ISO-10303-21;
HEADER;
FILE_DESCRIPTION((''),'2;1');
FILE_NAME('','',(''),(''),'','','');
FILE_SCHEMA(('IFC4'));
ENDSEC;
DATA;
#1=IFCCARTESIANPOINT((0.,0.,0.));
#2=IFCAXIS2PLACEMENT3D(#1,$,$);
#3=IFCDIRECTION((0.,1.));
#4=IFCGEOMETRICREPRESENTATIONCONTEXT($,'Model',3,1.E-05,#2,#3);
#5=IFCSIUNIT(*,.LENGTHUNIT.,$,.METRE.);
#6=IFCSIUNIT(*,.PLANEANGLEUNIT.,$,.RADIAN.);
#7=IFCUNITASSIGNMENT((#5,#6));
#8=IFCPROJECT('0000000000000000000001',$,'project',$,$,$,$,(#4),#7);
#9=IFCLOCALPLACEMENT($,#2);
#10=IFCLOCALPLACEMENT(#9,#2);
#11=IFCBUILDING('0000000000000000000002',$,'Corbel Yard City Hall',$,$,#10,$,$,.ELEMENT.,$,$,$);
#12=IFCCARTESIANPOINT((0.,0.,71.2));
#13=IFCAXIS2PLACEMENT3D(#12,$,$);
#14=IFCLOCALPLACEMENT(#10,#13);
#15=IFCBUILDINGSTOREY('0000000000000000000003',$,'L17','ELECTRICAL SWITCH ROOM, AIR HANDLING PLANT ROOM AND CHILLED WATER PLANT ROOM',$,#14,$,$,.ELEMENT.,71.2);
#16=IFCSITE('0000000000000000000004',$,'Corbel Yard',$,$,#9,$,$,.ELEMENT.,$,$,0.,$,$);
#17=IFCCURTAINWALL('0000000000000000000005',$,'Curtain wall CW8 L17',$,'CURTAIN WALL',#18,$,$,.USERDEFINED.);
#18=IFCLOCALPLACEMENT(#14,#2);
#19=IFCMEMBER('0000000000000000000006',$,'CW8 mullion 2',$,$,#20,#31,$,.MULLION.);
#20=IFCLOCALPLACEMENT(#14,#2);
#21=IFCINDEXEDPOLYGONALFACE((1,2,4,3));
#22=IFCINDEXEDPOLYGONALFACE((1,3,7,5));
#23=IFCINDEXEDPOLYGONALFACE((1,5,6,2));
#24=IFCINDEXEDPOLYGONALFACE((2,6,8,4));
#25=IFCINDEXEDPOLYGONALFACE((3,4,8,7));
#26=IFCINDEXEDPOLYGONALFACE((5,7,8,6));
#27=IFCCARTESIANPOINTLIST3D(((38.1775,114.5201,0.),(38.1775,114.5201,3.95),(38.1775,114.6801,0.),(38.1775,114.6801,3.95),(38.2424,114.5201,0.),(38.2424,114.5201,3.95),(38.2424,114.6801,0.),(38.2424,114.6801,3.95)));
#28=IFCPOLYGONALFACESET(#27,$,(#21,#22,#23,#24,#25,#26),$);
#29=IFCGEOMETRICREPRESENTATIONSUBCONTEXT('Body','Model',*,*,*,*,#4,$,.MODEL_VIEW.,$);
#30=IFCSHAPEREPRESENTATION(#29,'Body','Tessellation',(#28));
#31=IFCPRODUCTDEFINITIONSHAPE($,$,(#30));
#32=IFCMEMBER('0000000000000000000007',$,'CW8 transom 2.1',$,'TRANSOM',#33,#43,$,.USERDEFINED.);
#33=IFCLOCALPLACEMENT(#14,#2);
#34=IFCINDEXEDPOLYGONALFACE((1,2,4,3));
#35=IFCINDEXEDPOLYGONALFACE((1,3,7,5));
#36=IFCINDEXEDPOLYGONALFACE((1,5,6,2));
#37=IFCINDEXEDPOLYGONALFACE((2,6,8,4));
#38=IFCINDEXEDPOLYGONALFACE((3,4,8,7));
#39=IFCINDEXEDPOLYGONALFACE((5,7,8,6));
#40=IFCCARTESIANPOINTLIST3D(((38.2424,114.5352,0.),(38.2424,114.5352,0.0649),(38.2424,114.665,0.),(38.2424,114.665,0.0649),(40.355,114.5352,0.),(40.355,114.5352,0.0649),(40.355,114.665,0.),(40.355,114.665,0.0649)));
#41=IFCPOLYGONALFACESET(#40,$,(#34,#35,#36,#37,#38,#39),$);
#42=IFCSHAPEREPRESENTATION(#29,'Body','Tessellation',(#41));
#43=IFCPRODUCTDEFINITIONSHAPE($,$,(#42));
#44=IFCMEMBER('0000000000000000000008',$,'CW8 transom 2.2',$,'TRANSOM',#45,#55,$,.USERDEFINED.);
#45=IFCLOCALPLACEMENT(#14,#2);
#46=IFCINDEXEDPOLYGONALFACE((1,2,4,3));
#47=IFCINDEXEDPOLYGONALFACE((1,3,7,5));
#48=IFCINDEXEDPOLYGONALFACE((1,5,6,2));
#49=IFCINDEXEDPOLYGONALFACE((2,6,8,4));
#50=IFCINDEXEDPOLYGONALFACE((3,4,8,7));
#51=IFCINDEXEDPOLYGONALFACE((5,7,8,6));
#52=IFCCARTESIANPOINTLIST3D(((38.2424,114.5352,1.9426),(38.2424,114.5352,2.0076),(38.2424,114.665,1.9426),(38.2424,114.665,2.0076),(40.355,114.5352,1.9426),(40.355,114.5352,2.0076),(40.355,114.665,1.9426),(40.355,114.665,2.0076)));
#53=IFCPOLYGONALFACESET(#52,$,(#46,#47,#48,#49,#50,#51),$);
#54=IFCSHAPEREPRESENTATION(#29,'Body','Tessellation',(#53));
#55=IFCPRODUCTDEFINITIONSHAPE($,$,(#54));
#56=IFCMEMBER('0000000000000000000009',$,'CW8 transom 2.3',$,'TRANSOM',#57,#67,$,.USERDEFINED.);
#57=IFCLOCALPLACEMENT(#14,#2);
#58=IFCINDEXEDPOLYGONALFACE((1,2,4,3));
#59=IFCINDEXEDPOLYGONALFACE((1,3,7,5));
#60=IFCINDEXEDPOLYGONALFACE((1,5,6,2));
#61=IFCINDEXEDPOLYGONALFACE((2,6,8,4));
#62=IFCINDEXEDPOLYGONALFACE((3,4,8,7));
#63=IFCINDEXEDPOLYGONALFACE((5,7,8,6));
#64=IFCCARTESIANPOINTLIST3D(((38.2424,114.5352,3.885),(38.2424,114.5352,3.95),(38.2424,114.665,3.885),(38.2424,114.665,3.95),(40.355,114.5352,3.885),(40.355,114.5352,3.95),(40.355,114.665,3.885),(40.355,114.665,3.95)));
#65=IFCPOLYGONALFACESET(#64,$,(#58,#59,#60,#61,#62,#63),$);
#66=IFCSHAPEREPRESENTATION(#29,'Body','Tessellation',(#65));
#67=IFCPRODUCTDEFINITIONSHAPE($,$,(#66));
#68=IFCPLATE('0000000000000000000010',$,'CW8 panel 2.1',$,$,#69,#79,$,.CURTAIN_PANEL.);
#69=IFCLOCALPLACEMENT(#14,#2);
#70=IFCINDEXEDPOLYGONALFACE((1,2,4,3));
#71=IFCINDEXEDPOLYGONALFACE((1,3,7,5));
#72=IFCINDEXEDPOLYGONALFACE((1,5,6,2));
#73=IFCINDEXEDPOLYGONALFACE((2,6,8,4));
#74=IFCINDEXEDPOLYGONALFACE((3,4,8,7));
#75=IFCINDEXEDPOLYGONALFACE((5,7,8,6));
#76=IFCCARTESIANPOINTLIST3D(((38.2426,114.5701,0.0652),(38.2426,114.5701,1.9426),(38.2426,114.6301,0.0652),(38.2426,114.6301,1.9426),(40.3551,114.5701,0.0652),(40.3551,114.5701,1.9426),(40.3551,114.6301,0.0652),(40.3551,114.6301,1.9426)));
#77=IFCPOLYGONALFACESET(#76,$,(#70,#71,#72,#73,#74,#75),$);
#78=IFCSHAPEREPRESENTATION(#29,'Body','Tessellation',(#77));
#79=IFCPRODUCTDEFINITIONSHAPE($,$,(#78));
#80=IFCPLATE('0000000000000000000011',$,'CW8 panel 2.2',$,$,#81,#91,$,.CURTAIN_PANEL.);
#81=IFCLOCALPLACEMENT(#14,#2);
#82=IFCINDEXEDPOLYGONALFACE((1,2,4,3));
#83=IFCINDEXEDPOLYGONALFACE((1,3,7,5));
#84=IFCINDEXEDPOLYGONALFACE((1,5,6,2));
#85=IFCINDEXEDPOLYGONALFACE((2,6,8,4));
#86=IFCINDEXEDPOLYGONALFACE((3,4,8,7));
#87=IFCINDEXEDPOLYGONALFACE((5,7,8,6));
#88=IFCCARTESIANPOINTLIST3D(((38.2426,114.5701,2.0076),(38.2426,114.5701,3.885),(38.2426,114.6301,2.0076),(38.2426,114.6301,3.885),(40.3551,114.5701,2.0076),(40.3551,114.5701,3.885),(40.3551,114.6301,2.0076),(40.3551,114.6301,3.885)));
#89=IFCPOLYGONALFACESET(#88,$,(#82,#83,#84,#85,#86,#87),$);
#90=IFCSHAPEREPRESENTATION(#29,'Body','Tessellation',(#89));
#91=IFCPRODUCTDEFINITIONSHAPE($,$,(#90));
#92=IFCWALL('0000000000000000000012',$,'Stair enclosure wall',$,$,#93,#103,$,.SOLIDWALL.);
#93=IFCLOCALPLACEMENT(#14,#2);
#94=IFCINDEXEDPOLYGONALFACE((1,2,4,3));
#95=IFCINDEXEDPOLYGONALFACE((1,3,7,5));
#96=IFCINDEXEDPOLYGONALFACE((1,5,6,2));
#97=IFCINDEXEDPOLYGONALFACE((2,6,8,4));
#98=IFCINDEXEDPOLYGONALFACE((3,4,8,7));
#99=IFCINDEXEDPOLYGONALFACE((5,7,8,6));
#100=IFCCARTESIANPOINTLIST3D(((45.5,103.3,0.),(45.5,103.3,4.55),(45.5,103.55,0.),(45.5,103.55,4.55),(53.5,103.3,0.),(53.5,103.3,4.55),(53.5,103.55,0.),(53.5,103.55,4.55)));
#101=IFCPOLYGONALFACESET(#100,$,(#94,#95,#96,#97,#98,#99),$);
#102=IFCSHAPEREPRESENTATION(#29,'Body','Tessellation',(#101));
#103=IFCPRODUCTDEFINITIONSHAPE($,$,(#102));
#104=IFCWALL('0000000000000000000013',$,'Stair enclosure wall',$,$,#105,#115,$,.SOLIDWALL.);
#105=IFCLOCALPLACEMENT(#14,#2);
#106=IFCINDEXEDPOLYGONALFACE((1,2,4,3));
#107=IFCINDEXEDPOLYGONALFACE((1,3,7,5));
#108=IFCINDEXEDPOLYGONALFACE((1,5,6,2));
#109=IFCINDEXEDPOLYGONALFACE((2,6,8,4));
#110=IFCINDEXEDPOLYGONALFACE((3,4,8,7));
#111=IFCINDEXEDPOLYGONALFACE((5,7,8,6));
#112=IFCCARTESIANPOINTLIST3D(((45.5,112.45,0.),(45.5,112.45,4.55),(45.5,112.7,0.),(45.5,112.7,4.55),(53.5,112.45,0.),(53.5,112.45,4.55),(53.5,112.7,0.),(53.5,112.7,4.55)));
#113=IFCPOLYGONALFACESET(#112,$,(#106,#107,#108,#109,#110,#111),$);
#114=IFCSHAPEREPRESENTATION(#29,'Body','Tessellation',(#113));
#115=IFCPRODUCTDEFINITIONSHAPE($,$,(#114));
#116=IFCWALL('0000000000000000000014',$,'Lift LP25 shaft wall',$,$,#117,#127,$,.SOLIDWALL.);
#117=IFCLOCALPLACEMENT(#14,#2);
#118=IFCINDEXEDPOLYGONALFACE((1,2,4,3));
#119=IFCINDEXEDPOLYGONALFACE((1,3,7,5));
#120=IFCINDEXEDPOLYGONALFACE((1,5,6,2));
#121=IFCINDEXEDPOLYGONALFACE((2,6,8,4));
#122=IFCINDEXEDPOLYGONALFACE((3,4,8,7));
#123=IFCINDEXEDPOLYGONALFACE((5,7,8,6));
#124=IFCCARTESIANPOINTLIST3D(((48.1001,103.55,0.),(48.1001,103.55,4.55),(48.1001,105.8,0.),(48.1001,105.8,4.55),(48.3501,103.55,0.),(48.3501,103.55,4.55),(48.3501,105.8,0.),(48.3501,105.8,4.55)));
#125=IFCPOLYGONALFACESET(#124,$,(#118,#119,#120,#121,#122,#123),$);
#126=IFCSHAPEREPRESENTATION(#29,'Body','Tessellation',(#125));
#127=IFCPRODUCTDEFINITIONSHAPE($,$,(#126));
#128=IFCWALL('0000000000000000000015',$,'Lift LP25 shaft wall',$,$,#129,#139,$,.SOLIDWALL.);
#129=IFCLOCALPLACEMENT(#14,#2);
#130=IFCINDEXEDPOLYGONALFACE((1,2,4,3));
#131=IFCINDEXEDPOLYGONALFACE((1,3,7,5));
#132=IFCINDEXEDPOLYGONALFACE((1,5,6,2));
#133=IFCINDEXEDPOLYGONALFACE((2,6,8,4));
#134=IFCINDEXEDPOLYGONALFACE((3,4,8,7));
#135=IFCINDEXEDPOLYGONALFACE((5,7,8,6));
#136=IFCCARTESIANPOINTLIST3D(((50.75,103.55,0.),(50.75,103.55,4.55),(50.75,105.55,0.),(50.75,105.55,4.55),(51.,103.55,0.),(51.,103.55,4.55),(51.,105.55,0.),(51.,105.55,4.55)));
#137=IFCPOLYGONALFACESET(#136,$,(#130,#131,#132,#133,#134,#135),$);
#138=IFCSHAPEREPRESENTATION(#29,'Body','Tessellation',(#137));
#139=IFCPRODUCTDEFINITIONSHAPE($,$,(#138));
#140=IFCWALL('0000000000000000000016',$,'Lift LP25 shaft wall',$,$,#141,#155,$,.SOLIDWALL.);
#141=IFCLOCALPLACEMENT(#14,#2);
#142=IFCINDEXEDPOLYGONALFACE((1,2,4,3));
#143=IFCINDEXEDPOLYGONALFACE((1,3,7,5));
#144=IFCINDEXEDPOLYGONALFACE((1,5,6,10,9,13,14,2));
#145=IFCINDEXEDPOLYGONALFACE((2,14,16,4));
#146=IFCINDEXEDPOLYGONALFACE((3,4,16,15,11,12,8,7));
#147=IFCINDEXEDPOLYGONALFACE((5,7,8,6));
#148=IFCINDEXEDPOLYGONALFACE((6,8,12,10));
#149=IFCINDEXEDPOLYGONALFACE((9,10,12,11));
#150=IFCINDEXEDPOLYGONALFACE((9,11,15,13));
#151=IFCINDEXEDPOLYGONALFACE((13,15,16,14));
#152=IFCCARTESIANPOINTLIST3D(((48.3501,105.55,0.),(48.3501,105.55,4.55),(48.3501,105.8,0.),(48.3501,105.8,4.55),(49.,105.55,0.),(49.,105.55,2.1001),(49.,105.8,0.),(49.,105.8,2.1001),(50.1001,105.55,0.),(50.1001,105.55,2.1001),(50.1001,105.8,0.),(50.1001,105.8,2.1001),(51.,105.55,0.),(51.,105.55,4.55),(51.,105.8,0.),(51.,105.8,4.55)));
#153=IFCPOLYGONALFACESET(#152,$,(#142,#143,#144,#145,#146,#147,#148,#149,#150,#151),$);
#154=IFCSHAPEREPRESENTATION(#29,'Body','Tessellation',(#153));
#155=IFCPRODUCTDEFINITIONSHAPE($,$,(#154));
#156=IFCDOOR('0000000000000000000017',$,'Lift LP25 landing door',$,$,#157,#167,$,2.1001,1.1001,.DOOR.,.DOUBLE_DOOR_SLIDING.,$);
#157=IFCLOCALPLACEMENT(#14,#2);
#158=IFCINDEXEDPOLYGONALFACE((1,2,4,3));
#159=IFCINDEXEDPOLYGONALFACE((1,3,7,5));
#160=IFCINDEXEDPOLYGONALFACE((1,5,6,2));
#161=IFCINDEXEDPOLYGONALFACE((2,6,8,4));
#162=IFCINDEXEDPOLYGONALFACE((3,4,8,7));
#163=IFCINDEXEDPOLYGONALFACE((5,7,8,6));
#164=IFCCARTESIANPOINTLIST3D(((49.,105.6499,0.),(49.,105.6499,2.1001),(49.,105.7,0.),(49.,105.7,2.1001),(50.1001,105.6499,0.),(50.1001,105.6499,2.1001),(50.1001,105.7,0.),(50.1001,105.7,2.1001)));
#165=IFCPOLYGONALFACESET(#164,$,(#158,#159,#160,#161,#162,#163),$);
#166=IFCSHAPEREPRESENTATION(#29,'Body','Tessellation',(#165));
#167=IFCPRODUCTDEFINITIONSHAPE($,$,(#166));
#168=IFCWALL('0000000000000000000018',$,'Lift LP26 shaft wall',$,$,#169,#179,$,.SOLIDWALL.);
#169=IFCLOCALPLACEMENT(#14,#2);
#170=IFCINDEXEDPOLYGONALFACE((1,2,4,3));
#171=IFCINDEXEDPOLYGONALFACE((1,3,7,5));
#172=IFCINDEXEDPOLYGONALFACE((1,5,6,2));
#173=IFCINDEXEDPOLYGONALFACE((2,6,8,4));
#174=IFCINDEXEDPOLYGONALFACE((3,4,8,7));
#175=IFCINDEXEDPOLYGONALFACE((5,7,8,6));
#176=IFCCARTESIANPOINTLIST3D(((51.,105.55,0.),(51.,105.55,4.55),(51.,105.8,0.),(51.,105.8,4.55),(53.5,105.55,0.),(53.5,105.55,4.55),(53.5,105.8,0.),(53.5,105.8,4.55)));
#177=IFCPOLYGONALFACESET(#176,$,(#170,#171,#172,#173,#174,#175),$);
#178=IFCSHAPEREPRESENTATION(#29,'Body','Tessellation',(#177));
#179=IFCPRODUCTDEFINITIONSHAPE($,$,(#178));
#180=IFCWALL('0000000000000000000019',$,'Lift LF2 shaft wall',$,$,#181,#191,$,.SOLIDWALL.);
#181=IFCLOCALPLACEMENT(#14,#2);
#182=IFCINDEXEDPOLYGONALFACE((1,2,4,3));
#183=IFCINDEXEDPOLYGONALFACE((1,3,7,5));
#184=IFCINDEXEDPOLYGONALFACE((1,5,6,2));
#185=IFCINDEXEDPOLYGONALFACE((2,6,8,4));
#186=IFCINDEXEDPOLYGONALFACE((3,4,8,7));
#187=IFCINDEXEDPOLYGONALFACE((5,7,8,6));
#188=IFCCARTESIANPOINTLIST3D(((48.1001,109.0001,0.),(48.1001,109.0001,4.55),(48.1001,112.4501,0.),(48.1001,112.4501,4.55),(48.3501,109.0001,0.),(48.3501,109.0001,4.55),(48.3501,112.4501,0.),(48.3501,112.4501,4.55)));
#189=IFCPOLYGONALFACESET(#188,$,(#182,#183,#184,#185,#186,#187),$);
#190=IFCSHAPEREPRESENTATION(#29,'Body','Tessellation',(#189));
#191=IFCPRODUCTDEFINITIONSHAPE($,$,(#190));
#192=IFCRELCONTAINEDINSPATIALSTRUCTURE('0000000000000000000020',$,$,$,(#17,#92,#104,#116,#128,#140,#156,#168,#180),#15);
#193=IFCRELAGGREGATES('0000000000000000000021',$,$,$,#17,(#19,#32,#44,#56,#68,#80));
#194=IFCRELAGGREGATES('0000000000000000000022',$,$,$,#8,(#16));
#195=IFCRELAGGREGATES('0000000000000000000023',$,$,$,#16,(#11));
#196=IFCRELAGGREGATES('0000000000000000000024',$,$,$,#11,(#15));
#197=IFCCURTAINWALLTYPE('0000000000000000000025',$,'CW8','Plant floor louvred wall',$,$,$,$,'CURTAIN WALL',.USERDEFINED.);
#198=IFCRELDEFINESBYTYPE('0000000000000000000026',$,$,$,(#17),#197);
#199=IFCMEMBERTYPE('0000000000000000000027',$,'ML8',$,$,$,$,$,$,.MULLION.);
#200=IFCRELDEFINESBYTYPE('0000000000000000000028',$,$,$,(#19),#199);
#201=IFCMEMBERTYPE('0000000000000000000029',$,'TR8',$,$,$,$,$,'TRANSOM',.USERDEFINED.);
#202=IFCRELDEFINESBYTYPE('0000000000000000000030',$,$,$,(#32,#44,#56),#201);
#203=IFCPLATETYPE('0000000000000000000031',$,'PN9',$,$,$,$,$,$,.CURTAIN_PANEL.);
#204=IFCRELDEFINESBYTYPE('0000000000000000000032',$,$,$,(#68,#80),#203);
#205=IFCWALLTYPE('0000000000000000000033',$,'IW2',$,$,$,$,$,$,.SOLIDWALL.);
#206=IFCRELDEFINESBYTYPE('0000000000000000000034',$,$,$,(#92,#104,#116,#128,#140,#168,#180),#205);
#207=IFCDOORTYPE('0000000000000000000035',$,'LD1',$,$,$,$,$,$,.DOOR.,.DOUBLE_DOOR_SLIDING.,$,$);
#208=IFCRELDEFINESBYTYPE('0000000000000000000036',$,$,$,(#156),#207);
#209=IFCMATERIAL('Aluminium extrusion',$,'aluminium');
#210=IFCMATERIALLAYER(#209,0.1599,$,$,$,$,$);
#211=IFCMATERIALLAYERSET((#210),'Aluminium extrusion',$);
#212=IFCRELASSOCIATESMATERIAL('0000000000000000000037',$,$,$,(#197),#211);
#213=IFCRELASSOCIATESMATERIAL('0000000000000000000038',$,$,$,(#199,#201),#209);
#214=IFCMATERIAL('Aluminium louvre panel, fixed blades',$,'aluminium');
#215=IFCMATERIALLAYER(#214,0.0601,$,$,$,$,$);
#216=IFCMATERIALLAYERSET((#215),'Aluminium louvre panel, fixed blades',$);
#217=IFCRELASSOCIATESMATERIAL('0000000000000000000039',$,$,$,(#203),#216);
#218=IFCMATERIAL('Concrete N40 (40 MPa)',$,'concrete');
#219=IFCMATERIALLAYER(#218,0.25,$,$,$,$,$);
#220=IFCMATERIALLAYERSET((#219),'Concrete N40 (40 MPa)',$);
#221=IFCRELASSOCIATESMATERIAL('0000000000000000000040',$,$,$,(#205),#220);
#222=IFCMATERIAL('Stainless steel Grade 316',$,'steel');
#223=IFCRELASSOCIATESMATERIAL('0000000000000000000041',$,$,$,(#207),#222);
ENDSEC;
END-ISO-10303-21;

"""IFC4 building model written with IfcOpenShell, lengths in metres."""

from ifc_helpers import new_model, si_unit, direction, frame, frame_2d, origin, origin_2d, place, context, subcontext, project, spatial, rectangle, extrude, material, layer, layer_set, material_profile, profile_set, type_object, element, fill, aggregate, save


model = new_model("IFC4")

# Units and contexts
model_context = context("Model", 3, precision=1e-05, world=origin(), true_north=direction((0.0, 1.0)))
body_context = subcontext(model_context, "Body", "Model", "MODEL_VIEW")
ifc_project = project(units=[si_unit("LENGTHUNIT", "METRE"), si_unit("PLANEANGLEUNIT", "RADIAN")], contexts=[model_context])

# Site, building, storey
site_placement = place(None, origin())
site = spatial("IfcSite", under=ifc_project, at=site_placement, Name="Corbel Yard", CompositionType="ELEMENT", RefElevation=0.0)
building_placement = place(site_placement, origin())
building = spatial("IfcBuilding", under=site, at=building_placement, Name="Corbel Yard City Hall", CompositionType="ELEMENT")
storey_placement = place(building_placement, frame((0.0, 0.0, 71.2)))
storey = spatial("IfcBuildingStorey", under=building, at=storey_placement, Name="L17", Description="ELECTRICAL SWITCH ROOM, AIR HANDLING PLANT ROOM AND CHILLED WATER PLANT ROOM", CompositionType="ELEMENT", Elevation=71.2)

# Curtain wall, members, plates
ifc_material_1 = material(Name="Aluminium extrusion", Category="aluminium")
ifc_layer_1 = layer(ifc_material_1, 0.1599)
ifc_layer_set_1 = layer_set([ifc_layer_1], Name="Aluminium extrusion")
curtain_wall_type = type_object("IfcCurtainWallType", Name="CW8", Description="Plant floor louvred wall", ElementType="CURTAIN WALL", PredefinedType="USERDEFINED", material=ifc_layer_set_1)
curtain_wall_placement = place(storey_placement, origin())
curtain_wall = element("IfcCurtainWall", 1, at=curtain_wall_placement, inside=storey, type_object=curtain_wall_type, Name="Curtain wall CW8 L17", ObjectType="CURTAIN WALL", PredefinedType="USERDEFINED")
ifc_material_profile_1 = material_profile(ifc_material_1, rectangle(XDim=0.1599, YDim=0.0649, at=origin_2d()), Name="160x65")
ifc_profile_set_1 = profile_set([ifc_material_profile_1], Name="Aluminium extrusion")
member_type_1 = type_object("IfcMemberType", Name="ML8", PredefinedType="MULLION", material=ifc_profile_set_1)
member_1_placement = place(storey_placement, frame((38.21, 114.6001, 0.0), z_axis=(0.0, 0.0, 1.0), x_axis=(0.0, 1.0, 0.0)))
member_1 = element("IfcMember", 2, at=member_1_placement, type_object=member_type_1, Name="CW8 mullion 2", PredefinedType="MULLION", context=body_context, shape_type="SweptSolid", body=[
    extrude(rectangle(XDim=0.1599, YDim=0.0649, at=origin_2d()), origin(), (0.0, 0.0, 1.0), 3.95),
])
ifc_material_profile_2 = material_profile(ifc_material_1, rectangle(XDim=0.1299, YDim=0.0649, at=origin_2d()), Name="130x65")
ifc_profile_set_2 = profile_set([ifc_material_profile_2], Name="Aluminium extrusion")
member_type_2 = type_object("IfcMemberType", Name="TR8", ElementType="TRANSOM", PredefinedType="USERDEFINED", material=ifc_profile_set_2)
member_2_placement = place(storey_placement, frame((38.2424, 114.6001, 0.0325), z_axis=(1.0, 0.0, 0.0), x_axis=(0.0, 1.0, 0.0)))
member_2 = element("IfcMember", 3, at=member_2_placement, type_object=member_type_2, Name="CW8 transom 2.1", ObjectType="TRANSOM", PredefinedType="USERDEFINED", context=body_context, shape_type="SweptSolid", body=[
    extrude(rectangle(XDim=0.1299, YDim=0.0649, at=origin_2d()), origin(), (0.0, 0.0, 1.0), 2.1125),
])
member_3_placement = place(storey_placement, frame((38.2424, 114.6001, 1.9751), z_axis=(1.0, 0.0, 0.0), x_axis=(0.0, 1.0, 0.0)))
member_3 = element("IfcMember", 4, at=member_3_placement, type_object=member_type_2, Name="CW8 transom 2.2", ObjectType="TRANSOM", PredefinedType="USERDEFINED", context=body_context, shape_type="SweptSolid", body=[
    extrude(rectangle(XDim=0.1299, YDim=0.0649, at=origin_2d()), origin(), (0.0, 0.0, 1.0), 2.1125),
])
member_4_placement = place(storey_placement, frame((38.2424, 114.6001, 3.9175), z_axis=(1.0, 0.0, 0.0), x_axis=(0.0, 1.0, 0.0)))
member_4 = element("IfcMember", 5, at=member_4_placement, type_object=member_type_2, Name="CW8 transom 2.3", ObjectType="TRANSOM", PredefinedType="USERDEFINED", context=body_context, shape_type="SweptSolid", body=[
    extrude(rectangle(XDim=0.1299, YDim=0.0649, at=origin_2d()), origin(), (0.0, 0.0, 1.0), 2.1125),
])
ifc_material_2 = material(Name="Aluminium louvre panel, fixed blades", Category="aluminium")
ifc_layer_2 = layer(ifc_material_2, 0.0601)
ifc_layer_set_2 = layer_set([ifc_layer_2], Name="Aluminium louvre panel, fixed blades")
plate_type = type_object("IfcPlateType", Name="PN9", PredefinedType="CURTAIN_PANEL", material=ifc_layer_set_2)
plate_1_placement = place(storey_placement, frame((39.2988, 114.6001, 0.0652), z_axis=(0.0, 0.0, 1.0), x_axis=(1.0, 0.0, 0.0)))
plate_1 = element("IfcPlate", 6, at=plate_1_placement, type_object=plate_type, Name="CW8 panel 2.1", PredefinedType="CURTAIN_PANEL", context=body_context, shape_type="SweptSolid", body=[
    extrude(rectangle(XDim=2.1125, YDim=0.0601, at=origin_2d()), origin(), (0.0, 0.0, 1.0), 1.8774),
])
plate_2_placement = place(storey_placement, frame((39.2988, 114.6001, 2.0076), z_axis=(0.0, 0.0, 1.0), x_axis=(1.0, 0.0, 0.0)))
plate_2 = element("IfcPlate", 7, at=plate_2_placement, type_object=plate_type, Name="CW8 panel 2.2", PredefinedType="CURTAIN_PANEL", context=body_context, shape_type="SweptSolid", body=[
    extrude(rectangle(XDim=2.1125, YDim=0.0601, at=origin_2d()), origin(), (0.0, 0.0, 1.0), 1.8774),
])
aggregate(curtain_wall, [member_1, member_2, member_3, member_4, plate_1, plate_2])

# Walls
ifc_material_3 = material(Name="Concrete N40 (40 MPa)", Category="concrete")
ifc_layer_3 = layer(ifc_material_3, 0.25)
ifc_layer_set_3 = layer_set([ifc_layer_3], Name="Concrete N40 (40 MPa)")
wall_type_1 = type_object("IfcWallType", Name="IW2", PredefinedType="SOLIDWALL", material=ifc_layer_set_3)
for number, where, z_axis, x_axis, name in (
    (8, (45.5, 103.425, 0.0), (0.0, 0.0, 1.0), (1.0, 0.0, 0.0), "Stair enclosure wall"),
    (9, (45.5, 112.575, 0.0), (0.0, 0.0, 1.0), (1.0, 0.0, 0.0), "Stair enclosure wall"),
):
    element("IfcWall", number, at=place(storey_placement, frame(where, z_axis=z_axis, x_axis=x_axis)), inside=storey, type_object=wall_type_1, Name=name, PredefinedType="SOLIDWALL", context=body_context, shape_type="SweptSolid", body=[
        extrude(rectangle(XDim=8.0, YDim=0.25, at=frame_2d((4.0, 0.0))), origin(), (0.0, 0.0, 1.0), 4.55),
    ])
wall_1_placement = place(storey_placement, frame((48.2251, 103.55, 0.0), z_axis=(0.0, 0.0, 1.0), x_axis=(0.0, 1.0, 0.0)))
element("IfcWall", 10, at=wall_1_placement, inside=storey, type_object=wall_type_1, Name="Lift LP25 shaft wall", PredefinedType="SOLIDWALL", context=body_context, shape_type="SweptSolid", body=[
    extrude(rectangle(XDim=2.25, YDim=0.25, at=frame_2d((1.125, 0.0))), origin(), (0.0, 0.0, 1.0), 4.55),
])
wall_2_placement = place(storey_placement, frame((50.875, 103.55, 0.0), z_axis=(0.0, 0.0, 1.0), x_axis=(0.0, 1.0, 0.0)))
element("IfcWall", 11, at=wall_2_placement, inside=storey, type_object=wall_type_1, Name="Lift LP25 shaft wall", PredefinedType="SOLIDWALL", context=body_context, shape_type="SweptSolid", body=[
    extrude(rectangle(XDim=2.0, YDim=0.25, at=frame_2d((1.0, 0.0))), origin(), (0.0, 0.0, 1.0), 4.55),
])

# Wall, opening, door
wall_3_placement = place(storey_placement, frame((48.3501, 105.675, 0.0), z_axis=(0.0, 0.0, 1.0), x_axis=(1.0, 0.0, 0.0)))
wall_3 = element("IfcWall", 12, at=wall_3_placement, inside=storey, type_object=wall_type_1, Name="Lift LP25 shaft wall", PredefinedType="SOLIDWALL", context=body_context, shape_type="SweptSolid", body=[
    extrude(rectangle(XDim=2.6499, YDim=0.25, at=frame_2d((1.325, 0.0))), origin(), (0.0, 0.0, 1.0), 4.55),
])
opening_1_placement = place(wall_3_placement, frame((0.6499, 0.0, 0.0)))
opening_1 = element("IfcOpeningElement", 13, at=opening_1_placement, cuts=wall_3, PredefinedType="OPENING", context=body_context, shape_type="SweptSolid", body=[
    extrude(rectangle(XDim=1.1001, YDim=2.1001, at=frame_2d((0.55, 1.05))), frame((0.0, 0.135, 0.0), z_axis=(0.0, -1.0, 0.0), x_axis=(1.0, 0.0, 0.0)), (0.0, 0.0, 1.0), 0.27),
])
ifc_material_4 = material(Name="Stainless steel Grade 316", Category="steel")
door_type_1 = type_object("IfcDoorType", Name="LD1", OperationType="DOUBLE_DOOR_SLIDING", PredefinedType="DOOR", material=ifc_material_4)
door_1_placement = place(opening_1_placement, origin())
door_1 = element("IfcDoor", 14, at=door_1_placement, inside=storey, type_object=door_type_1, Name="Lift LP25 landing door", OperationType="DOUBLE_DOOR_SLIDING", OverallHeight=2.1001, OverallWidth=1.1001, PredefinedType="DOOR", context=body_context, shape_type="SweptSolid", body=[
    extrude(rectangle(XDim=1.1001, YDim=2.1001, at=frame_2d((0.55, 1.05))), frame((0.0, 0.0249, 0.0), z_axis=(0.0, -1.0, 0.0), x_axis=(1.0, 0.0, 0.0)), (0.0, 0.0, 1.0), 0.05),
])
fill(opening_1, door_1)

# Walls
wall_4_placement = place(storey_placement, frame((51.0, 105.675, 0.0), z_axis=(0.0, 0.0, 1.0), x_axis=(1.0, 0.0, 0.0)))
element("IfcWall", 15, at=wall_4_placement, inside=storey, type_object=wall_type_1, Name="Lift LP26 shaft wall", PredefinedType="SOLIDWALL", context=body_context, shape_type="SweptSolid", body=[
    extrude(rectangle(XDim=2.5, YDim=0.25, at=frame_2d((1.25, 0.0))), origin(), (0.0, 0.0, 1.0), 4.55),
])
wall_5_placement = place(storey_placement, frame((48.2251, 109.0, 0.0), z_axis=(0.0, 0.0, 1.0), x_axis=(0.0, 1.0, 0.0)))
element("IfcWall", 16, at=wall_5_placement, inside=storey, type_object=wall_type_1, Name="Lift LF2 shaft wall", PredefinedType="SOLIDWALL", context=body_context, shape_type="SweptSolid", body=[
    extrude(rectangle(XDim=3.45, YDim=0.25, at=frame_2d((1.7251, 0.0))), origin(), (0.0, 0.0, 1.0), 4.55),
])

save(model, "model.ifc")
